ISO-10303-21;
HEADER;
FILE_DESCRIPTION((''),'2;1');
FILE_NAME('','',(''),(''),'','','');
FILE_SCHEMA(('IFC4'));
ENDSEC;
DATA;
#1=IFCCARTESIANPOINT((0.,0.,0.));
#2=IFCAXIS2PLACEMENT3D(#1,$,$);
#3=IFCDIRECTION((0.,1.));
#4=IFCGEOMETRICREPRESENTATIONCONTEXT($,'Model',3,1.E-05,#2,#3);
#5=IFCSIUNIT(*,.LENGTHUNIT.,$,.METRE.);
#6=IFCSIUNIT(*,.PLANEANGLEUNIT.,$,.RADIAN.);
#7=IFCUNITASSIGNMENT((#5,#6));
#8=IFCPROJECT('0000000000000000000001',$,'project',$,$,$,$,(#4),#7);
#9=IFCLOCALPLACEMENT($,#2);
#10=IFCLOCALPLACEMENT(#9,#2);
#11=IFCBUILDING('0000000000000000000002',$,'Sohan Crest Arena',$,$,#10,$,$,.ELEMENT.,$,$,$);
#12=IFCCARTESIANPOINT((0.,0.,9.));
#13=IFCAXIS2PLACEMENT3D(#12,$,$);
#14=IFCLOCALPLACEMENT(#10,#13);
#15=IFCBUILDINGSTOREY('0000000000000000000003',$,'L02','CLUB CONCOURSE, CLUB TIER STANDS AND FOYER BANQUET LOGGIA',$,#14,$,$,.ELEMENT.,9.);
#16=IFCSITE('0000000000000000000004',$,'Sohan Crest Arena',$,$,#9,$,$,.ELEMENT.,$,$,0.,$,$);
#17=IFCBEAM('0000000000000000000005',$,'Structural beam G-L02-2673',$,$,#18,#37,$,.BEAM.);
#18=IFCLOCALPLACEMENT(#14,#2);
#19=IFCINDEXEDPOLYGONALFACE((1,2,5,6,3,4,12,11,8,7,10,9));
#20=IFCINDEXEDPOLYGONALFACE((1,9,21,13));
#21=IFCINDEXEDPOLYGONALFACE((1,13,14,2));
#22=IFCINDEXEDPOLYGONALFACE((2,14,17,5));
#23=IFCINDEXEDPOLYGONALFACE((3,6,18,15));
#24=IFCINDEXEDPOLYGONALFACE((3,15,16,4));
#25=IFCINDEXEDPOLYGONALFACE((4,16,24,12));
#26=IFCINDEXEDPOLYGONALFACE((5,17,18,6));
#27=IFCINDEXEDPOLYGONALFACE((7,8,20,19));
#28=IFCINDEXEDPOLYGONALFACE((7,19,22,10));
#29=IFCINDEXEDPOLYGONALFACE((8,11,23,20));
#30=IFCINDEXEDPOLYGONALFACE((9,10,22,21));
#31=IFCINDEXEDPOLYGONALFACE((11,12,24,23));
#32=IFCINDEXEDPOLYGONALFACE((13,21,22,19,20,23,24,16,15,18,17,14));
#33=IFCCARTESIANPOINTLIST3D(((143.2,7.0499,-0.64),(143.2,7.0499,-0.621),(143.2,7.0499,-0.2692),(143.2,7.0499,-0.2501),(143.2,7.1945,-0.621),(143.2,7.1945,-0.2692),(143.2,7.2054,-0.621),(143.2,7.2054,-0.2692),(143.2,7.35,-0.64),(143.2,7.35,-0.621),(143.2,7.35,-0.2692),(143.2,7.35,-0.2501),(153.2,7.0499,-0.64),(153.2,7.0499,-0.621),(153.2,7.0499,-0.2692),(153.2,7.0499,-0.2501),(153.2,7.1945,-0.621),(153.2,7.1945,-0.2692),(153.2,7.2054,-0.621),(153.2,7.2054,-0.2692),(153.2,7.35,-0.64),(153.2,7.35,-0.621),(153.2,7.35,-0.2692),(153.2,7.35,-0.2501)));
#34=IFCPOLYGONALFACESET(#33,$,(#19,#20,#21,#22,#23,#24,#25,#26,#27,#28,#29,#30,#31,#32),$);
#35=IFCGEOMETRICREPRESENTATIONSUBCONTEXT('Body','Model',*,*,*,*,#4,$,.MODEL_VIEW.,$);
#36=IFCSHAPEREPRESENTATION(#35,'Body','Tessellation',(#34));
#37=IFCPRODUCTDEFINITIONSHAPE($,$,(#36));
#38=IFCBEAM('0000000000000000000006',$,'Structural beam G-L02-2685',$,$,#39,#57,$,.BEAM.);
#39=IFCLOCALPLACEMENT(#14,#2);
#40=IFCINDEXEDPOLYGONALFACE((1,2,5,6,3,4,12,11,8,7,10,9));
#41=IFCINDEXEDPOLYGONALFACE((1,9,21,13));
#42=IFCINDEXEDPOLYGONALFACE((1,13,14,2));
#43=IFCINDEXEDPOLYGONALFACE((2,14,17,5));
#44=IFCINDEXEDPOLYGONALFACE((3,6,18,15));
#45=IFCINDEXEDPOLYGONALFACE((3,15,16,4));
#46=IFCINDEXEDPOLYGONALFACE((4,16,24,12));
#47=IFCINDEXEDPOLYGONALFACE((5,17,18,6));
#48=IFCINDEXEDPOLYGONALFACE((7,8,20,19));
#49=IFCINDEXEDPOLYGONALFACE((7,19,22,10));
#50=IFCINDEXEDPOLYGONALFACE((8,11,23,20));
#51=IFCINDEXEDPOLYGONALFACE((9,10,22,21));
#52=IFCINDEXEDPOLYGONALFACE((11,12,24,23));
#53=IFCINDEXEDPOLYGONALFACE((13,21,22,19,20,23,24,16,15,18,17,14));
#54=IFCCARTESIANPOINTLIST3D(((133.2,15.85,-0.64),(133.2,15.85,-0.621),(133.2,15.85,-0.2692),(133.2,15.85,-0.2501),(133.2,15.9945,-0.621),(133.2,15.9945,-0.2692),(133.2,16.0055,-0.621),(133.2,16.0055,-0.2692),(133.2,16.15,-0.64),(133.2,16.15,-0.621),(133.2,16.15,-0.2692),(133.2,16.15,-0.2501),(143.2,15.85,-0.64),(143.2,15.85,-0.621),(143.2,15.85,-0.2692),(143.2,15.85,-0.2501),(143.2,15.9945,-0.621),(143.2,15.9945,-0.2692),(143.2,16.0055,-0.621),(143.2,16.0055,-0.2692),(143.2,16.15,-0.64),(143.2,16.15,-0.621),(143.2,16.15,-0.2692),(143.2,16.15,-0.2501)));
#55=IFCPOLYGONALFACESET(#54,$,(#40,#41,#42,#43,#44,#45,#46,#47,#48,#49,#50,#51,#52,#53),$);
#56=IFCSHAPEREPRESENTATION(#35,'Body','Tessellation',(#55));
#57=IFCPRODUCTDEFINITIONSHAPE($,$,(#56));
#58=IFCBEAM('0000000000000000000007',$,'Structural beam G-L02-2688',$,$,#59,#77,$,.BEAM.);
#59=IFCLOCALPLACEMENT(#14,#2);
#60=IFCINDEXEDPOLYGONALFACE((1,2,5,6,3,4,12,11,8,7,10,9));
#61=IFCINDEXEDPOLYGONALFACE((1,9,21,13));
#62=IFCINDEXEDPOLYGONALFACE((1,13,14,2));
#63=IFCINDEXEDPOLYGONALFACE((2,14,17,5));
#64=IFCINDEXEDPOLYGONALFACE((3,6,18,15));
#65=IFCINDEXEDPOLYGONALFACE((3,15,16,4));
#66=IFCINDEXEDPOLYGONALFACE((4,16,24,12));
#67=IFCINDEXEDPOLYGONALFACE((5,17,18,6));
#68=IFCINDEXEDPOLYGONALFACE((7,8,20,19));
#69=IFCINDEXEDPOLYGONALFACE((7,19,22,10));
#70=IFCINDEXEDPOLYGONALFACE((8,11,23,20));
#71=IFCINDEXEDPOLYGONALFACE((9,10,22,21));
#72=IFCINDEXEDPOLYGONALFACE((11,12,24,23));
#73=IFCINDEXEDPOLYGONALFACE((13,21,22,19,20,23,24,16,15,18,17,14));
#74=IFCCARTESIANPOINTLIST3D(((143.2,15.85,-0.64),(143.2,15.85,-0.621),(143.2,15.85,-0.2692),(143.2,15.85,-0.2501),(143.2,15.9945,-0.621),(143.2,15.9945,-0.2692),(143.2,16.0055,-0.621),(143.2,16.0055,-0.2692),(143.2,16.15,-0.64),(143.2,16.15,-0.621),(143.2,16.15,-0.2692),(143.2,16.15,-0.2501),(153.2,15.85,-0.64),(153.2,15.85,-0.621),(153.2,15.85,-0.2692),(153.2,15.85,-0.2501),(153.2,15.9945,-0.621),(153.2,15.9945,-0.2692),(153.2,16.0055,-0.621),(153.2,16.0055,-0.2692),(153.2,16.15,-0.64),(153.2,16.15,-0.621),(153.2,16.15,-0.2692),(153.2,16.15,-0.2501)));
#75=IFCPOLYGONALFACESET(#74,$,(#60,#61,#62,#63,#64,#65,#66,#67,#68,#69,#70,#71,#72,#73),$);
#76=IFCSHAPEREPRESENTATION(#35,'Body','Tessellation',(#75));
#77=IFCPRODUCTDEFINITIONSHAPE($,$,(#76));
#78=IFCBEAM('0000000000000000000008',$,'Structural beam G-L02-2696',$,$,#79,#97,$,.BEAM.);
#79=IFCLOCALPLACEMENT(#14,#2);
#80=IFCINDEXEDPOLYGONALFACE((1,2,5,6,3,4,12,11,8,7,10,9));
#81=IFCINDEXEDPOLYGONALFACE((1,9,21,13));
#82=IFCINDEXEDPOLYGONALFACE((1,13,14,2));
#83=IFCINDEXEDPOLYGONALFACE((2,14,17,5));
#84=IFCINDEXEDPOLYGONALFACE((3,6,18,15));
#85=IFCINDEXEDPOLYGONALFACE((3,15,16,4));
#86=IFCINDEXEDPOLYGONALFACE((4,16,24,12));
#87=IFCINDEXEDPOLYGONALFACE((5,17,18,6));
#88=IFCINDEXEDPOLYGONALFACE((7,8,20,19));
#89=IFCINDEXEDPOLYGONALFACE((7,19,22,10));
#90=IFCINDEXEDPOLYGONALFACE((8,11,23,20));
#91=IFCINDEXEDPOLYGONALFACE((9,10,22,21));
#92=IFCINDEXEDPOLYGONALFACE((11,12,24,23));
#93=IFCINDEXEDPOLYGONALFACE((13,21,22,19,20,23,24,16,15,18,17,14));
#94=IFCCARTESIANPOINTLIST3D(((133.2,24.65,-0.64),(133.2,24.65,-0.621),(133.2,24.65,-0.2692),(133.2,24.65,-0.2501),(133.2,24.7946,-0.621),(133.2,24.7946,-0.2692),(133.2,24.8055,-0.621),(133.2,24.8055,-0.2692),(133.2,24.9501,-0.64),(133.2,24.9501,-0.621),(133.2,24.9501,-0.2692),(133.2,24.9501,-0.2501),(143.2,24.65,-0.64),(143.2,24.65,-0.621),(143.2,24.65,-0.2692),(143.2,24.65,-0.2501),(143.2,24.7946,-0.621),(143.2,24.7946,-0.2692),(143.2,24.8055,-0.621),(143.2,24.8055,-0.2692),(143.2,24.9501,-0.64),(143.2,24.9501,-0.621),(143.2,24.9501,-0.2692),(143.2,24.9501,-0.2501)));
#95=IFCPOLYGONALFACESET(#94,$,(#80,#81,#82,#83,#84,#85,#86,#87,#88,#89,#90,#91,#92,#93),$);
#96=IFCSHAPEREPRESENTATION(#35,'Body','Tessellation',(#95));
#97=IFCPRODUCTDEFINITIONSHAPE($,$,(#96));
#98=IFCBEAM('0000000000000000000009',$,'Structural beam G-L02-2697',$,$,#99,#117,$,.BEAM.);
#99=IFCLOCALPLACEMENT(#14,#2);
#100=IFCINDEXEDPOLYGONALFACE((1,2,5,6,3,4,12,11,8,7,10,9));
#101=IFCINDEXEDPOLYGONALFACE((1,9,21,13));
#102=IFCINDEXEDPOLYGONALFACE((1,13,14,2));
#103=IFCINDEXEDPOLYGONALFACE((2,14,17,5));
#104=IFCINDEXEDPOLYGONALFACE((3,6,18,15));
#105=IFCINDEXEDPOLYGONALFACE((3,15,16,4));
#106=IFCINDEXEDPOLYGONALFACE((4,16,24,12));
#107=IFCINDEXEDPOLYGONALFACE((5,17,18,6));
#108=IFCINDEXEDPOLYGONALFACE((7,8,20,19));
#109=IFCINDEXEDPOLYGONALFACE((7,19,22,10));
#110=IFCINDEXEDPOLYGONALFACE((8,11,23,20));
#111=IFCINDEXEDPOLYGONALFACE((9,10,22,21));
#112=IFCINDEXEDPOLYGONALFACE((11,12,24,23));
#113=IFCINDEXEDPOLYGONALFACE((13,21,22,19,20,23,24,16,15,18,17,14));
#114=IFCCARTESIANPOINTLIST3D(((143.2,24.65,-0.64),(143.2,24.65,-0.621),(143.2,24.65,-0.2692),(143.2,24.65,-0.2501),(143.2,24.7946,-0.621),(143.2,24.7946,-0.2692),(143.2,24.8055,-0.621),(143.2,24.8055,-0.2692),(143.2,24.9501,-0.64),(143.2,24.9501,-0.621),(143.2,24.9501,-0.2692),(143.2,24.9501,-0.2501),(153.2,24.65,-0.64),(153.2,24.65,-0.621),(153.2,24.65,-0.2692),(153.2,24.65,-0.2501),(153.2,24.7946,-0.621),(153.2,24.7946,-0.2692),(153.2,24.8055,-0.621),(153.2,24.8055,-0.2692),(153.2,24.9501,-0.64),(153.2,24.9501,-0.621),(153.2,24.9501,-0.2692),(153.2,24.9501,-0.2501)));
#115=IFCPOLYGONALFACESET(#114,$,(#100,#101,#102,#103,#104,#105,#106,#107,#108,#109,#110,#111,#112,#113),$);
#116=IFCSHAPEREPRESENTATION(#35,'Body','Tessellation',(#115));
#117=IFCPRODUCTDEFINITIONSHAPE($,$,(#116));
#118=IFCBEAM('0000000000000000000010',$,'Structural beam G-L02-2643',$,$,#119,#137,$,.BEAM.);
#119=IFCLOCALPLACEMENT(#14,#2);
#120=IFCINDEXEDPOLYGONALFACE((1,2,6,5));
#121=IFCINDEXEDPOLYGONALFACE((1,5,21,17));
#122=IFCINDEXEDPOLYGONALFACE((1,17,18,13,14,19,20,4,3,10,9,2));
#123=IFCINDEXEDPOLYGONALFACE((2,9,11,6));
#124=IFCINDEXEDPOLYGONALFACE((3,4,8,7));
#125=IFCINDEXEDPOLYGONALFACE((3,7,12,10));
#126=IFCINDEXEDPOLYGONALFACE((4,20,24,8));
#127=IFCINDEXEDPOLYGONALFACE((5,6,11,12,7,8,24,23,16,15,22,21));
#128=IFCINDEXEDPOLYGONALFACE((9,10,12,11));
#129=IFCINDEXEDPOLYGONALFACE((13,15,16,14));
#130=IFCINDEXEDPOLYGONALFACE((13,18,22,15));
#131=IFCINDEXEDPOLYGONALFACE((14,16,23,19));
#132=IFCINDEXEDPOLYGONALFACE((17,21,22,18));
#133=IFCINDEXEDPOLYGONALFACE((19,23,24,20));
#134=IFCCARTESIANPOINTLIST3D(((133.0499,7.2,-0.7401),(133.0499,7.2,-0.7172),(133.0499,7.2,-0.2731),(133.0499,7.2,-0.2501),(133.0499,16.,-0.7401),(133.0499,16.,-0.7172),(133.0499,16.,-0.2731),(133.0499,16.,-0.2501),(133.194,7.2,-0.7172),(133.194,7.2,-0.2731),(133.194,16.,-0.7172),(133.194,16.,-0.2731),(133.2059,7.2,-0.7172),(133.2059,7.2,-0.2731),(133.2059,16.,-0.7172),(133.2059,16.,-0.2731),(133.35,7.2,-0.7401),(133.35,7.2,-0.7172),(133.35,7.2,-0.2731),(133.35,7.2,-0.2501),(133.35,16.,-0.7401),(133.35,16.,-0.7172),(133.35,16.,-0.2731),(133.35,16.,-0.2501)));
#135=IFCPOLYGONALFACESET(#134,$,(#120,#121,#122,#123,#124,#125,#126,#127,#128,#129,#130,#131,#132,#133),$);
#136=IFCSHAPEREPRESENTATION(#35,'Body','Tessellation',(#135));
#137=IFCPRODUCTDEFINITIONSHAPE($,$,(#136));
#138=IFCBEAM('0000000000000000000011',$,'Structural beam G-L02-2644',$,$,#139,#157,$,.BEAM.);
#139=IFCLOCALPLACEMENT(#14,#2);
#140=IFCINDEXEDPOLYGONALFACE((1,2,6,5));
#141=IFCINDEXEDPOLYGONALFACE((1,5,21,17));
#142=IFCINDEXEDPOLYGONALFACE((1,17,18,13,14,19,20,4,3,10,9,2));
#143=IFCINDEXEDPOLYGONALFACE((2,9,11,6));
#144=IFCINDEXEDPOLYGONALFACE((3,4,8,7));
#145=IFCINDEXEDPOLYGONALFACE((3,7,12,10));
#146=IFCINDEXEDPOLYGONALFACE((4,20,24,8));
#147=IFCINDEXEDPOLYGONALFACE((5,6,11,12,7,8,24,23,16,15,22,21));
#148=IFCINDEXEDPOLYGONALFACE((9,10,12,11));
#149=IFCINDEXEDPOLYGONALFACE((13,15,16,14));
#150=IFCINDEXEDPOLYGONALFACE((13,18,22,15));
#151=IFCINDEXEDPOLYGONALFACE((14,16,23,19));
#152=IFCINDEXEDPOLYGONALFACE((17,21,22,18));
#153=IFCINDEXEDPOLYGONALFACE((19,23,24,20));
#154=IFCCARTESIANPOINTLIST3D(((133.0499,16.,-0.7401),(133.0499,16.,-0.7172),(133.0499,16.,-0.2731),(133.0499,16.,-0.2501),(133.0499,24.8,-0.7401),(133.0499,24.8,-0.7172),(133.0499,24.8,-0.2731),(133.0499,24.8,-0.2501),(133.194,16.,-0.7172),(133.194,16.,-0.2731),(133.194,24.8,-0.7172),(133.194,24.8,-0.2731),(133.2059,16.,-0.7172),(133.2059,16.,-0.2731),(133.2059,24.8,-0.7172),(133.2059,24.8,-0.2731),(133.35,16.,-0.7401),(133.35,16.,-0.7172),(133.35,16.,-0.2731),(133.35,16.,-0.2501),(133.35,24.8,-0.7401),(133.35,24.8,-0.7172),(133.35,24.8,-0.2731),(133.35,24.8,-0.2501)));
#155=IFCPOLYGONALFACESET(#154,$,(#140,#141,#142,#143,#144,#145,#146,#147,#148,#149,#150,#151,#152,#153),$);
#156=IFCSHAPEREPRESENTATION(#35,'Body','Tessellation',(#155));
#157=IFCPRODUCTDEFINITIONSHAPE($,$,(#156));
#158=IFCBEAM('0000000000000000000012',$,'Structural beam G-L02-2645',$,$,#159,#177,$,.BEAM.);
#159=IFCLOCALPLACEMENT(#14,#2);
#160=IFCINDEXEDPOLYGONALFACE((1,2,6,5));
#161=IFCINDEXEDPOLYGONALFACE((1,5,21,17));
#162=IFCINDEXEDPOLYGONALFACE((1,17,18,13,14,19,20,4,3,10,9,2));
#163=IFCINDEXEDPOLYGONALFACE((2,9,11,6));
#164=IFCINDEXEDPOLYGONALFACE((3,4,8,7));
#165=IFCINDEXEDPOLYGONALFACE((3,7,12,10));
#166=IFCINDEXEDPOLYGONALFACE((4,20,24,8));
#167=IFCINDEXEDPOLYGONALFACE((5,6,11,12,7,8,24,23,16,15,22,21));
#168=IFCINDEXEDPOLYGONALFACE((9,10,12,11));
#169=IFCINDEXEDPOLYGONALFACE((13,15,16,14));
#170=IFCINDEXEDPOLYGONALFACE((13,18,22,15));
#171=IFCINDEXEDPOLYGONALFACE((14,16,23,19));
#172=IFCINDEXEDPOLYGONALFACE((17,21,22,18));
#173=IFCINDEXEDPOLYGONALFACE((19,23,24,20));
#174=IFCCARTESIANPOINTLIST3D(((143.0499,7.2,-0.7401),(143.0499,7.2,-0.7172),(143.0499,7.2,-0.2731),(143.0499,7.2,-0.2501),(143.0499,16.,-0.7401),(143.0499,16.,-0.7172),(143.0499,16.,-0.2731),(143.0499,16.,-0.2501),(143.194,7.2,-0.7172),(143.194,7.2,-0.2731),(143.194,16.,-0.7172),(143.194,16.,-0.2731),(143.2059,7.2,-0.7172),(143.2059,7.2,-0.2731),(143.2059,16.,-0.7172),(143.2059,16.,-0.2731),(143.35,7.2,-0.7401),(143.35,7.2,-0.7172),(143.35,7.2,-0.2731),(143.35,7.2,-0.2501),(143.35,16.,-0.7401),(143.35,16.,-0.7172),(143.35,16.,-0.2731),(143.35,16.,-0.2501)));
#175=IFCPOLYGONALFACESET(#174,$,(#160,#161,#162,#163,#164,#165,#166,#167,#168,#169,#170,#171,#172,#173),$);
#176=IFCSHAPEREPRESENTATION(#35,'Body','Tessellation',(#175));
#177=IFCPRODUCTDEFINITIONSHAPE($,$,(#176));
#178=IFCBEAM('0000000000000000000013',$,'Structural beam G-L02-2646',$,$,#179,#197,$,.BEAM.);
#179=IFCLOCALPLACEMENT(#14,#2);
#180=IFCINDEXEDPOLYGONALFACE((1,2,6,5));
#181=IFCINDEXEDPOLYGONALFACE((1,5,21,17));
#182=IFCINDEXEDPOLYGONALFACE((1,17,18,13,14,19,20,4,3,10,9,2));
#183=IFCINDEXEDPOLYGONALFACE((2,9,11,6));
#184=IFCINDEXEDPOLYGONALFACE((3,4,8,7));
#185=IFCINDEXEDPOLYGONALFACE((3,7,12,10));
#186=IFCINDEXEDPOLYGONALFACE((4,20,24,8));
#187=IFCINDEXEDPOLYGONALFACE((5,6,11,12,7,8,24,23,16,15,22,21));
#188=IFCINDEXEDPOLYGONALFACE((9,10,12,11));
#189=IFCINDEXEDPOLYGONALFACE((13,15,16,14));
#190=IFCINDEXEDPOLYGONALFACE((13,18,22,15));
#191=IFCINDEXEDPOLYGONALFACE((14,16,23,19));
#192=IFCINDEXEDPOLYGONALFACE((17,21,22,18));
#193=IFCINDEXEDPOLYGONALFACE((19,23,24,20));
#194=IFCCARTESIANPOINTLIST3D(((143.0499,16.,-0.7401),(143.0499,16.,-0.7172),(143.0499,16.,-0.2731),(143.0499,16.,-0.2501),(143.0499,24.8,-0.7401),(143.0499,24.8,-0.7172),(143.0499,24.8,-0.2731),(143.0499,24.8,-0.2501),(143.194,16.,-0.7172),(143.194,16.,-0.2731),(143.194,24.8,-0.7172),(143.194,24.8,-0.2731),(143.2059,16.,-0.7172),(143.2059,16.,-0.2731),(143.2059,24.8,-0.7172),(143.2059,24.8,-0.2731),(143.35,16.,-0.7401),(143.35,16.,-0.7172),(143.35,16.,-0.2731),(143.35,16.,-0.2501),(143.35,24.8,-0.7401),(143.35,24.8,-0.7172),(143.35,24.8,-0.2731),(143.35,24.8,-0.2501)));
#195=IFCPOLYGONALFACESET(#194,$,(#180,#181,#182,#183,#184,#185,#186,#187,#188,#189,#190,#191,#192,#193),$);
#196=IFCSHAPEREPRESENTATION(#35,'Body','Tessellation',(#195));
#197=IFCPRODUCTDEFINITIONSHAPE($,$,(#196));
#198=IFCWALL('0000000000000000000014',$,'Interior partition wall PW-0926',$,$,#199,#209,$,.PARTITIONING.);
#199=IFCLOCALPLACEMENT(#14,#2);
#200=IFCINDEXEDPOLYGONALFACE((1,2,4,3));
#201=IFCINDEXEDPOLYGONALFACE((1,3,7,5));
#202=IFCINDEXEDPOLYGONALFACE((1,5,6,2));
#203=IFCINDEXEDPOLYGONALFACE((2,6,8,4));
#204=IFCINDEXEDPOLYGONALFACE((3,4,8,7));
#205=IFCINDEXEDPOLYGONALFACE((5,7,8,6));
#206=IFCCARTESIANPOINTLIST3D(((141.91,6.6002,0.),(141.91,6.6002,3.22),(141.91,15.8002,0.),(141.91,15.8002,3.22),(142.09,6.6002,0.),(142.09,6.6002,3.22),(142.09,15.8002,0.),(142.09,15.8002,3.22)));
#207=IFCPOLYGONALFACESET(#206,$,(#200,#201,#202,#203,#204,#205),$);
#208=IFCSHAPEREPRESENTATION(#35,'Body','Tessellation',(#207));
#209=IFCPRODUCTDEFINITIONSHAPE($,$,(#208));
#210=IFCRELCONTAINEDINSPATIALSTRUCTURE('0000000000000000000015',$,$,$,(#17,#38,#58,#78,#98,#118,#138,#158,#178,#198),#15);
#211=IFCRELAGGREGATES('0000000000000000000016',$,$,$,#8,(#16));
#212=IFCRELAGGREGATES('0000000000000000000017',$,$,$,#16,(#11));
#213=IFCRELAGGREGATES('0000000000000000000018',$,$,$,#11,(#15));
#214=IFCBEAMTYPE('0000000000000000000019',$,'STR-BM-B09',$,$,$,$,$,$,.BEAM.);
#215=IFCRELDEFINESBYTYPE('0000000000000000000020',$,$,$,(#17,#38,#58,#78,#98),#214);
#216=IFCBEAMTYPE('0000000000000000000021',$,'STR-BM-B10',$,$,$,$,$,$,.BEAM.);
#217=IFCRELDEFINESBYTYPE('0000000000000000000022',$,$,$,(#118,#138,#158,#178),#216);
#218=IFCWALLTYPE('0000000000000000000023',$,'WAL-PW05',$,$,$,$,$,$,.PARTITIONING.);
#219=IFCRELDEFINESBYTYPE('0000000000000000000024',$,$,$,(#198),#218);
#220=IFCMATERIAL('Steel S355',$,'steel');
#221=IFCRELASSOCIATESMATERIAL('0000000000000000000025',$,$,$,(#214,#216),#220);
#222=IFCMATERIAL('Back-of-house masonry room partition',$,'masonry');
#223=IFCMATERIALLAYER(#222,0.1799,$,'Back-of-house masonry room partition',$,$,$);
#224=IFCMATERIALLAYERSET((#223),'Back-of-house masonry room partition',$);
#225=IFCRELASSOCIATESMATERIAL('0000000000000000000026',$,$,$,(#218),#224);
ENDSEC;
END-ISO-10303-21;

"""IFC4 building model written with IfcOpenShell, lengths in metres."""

from ifc_helpers import new_model, si_unit, direction, frame, frame_2d, origin, origin_2d, place, context, subcontext, project, spatial, rectangle, i_section, extrude, material, layer, layer_set, material_profile, profile_set, type_object, element, save


model = new_model("IFC4")

# Units and contexts
model_context = context("Model", 3, precision=1e-05, world=origin(), true_north=direction((0.0, 1.0)))
body_context = subcontext(model_context, "Body", "Model", "MODEL_VIEW")
ifc_project = project(units=[si_unit("LENGTHUNIT", "METRE"), si_unit("PLANEANGLEUNIT", "RADIAN")], contexts=[model_context])

# Site, building, storey
site_placement = place(None, origin())
site = spatial("IfcSite", under=ifc_project, at=site_placement, Name="Sohan Crest Arena", CompositionType="ELEMENT", RefElevation=0.0)
building_placement = place(site_placement, origin())
building = spatial("IfcBuilding", under=site, at=building_placement, Name="Sohan Crest Arena", CompositionType="ELEMENT")
storey_placement = place(building_placement, frame((0.0, 0.0, 9.0)))
storey = spatial("IfcBuildingStorey", under=building, at=storey_placement, Name="L02", Description="CLUB CONCOURSE, CLUB TIER STANDS AND FOYER BANQUET LOGGIA", CompositionType="ELEMENT", Elevation=9.0)

# Shared definitions
ifc_material_1 = material(Name="Steel S355", Category="steel")

# Beams
ifc_material_profile_1 = material_profile(ifc_material_1, i_section(OverallWidth=0.3, OverallDepth=0.3899, WebThickness=0.011, FlangeThickness=0.019, at=origin_2d()), Name="HEA 400")
ifc_profile_set_1 = profile_set([ifc_material_profile_1], Name="Steel S355")
beam_type_1 = type_object("IfcBeamType", Name="STR-BM-B09", PredefinedType="BEAM", material=ifc_profile_set_1)
for number, where, z_axis, x_axis, name in (
    (1, (143.2, 7.2, -0.4451), (1.0, 0.0, 0.0), (0.0, 1.0, 0.0), "Structural beam G-L02-2673"),
    (2, (133.2, 16.0, -0.4451), (1.0, 0.0, 0.0), (0.0, 1.0, 0.0), "Structural beam G-L02-2685"),
    (3, (143.2, 16.0, -0.4451), (1.0, 0.0, 0.0), (0.0, 1.0, 0.0), "Structural beam G-L02-2688"),
    (4, (133.2, 24.8, -0.4451), (1.0, 0.0, 0.0), (0.0, 1.0, 0.0), "Structural beam G-L02-2696"),
    (5, (143.2, 24.8, -0.4451), (1.0, 0.0, 0.0), (0.0, 1.0, 0.0), "Structural beam G-L02-2697"),
):
    element("IfcBeam", number, at=place(storey_placement, frame(where, z_axis=z_axis, x_axis=x_axis)), inside=storey, type_object=beam_type_1, Name=name, PredefinedType="BEAM", context=body_context, shape_type="SweptSolid", body=[
        extrude(i_section(OverallWidth=0.3, OverallDepth=0.3899, WebThickness=0.011, FlangeThickness=0.019, at=origin_2d()), origin(), (0.0, 0.0, 1.0), 10.0),
    ])
ifc_material_profile_2 = material_profile(ifc_material_1, i_section(OverallWidth=0.3, OverallDepth=0.49, WebThickness=0.012, FlangeThickness=0.0229, at=origin_2d()), Name="HEA 500")
ifc_profile_set_2 = profile_set([ifc_material_profile_2], Name="Steel S355")
beam_type_2 = type_object("IfcBeamType", Name="STR-BM-B10", PredefinedType="BEAM", material=ifc_profile_set_2)
for number, where, z_axis, x_axis, name in (
    (6, (133.2, 7.2, -0.4951), (0.0, 1.0, 0.0), (-1.0, 0.0, 0.0), "Structural beam G-L02-2643"),
    (7, (133.2, 16.0, -0.4951), (0.0, 1.0, 0.0), (-1.0, 0.0, 0.0), "Structural beam G-L02-2644"),
    (8, (143.2, 7.2, -0.4951), (0.0, 1.0, 0.0), (-1.0, 0.0, 0.0), "Structural beam G-L02-2645"),
    (9, (143.2, 16.0, -0.4951), (0.0, 1.0, 0.0), (-1.0, 0.0, 0.0), "Structural beam G-L02-2646"),
):
    element("IfcBeam", number, at=place(storey_placement, frame(where, z_axis=z_axis, x_axis=x_axis)), inside=storey, type_object=beam_type_2, Name=name, PredefinedType="BEAM", context=body_context, shape_type="SweptSolid", body=[
        extrude(i_section(OverallWidth=0.3, OverallDepth=0.49, WebThickness=0.012, FlangeThickness=0.0229, at=origin_2d()), origin(), (0.0, 0.0, 1.0), 8.8),
    ])

# Wall
ifc_material_2 = material(Name="Back-of-house masonry room partition", Category="masonry")
ifc_layer_1 = layer(ifc_material_2, 0.1799, Name="Back-of-house masonry room partition")
ifc_layer_set_1 = layer_set([ifc_layer_1], Name="Back-of-house masonry room partition")
wall_type_1 = type_object("IfcWallType", Name="WAL-PW05", PredefinedType="PARTITIONING", material=ifc_layer_set_1)
wall_1_placement = place(storey_placement, frame((142.0, 6.6001, 0.0), z_axis=(0.0, 0.0, 1.0), x_axis=(0.0, 1.0, 0.0)))
element("IfcWall", 10, at=wall_1_placement, inside=storey, type_object=wall_type_1, Name="Interior partition wall PW-0926", PredefinedType="PARTITIONING", context=body_context, shape_type="SweptSolid", body=[
    extrude(rectangle(XDim=9.2, YDim=0.1799, at=frame_2d((4.6001, 0.0))), origin(), (0.0, 0.0, 1.0), 3.22),
])

save(model, "model.ifc")
